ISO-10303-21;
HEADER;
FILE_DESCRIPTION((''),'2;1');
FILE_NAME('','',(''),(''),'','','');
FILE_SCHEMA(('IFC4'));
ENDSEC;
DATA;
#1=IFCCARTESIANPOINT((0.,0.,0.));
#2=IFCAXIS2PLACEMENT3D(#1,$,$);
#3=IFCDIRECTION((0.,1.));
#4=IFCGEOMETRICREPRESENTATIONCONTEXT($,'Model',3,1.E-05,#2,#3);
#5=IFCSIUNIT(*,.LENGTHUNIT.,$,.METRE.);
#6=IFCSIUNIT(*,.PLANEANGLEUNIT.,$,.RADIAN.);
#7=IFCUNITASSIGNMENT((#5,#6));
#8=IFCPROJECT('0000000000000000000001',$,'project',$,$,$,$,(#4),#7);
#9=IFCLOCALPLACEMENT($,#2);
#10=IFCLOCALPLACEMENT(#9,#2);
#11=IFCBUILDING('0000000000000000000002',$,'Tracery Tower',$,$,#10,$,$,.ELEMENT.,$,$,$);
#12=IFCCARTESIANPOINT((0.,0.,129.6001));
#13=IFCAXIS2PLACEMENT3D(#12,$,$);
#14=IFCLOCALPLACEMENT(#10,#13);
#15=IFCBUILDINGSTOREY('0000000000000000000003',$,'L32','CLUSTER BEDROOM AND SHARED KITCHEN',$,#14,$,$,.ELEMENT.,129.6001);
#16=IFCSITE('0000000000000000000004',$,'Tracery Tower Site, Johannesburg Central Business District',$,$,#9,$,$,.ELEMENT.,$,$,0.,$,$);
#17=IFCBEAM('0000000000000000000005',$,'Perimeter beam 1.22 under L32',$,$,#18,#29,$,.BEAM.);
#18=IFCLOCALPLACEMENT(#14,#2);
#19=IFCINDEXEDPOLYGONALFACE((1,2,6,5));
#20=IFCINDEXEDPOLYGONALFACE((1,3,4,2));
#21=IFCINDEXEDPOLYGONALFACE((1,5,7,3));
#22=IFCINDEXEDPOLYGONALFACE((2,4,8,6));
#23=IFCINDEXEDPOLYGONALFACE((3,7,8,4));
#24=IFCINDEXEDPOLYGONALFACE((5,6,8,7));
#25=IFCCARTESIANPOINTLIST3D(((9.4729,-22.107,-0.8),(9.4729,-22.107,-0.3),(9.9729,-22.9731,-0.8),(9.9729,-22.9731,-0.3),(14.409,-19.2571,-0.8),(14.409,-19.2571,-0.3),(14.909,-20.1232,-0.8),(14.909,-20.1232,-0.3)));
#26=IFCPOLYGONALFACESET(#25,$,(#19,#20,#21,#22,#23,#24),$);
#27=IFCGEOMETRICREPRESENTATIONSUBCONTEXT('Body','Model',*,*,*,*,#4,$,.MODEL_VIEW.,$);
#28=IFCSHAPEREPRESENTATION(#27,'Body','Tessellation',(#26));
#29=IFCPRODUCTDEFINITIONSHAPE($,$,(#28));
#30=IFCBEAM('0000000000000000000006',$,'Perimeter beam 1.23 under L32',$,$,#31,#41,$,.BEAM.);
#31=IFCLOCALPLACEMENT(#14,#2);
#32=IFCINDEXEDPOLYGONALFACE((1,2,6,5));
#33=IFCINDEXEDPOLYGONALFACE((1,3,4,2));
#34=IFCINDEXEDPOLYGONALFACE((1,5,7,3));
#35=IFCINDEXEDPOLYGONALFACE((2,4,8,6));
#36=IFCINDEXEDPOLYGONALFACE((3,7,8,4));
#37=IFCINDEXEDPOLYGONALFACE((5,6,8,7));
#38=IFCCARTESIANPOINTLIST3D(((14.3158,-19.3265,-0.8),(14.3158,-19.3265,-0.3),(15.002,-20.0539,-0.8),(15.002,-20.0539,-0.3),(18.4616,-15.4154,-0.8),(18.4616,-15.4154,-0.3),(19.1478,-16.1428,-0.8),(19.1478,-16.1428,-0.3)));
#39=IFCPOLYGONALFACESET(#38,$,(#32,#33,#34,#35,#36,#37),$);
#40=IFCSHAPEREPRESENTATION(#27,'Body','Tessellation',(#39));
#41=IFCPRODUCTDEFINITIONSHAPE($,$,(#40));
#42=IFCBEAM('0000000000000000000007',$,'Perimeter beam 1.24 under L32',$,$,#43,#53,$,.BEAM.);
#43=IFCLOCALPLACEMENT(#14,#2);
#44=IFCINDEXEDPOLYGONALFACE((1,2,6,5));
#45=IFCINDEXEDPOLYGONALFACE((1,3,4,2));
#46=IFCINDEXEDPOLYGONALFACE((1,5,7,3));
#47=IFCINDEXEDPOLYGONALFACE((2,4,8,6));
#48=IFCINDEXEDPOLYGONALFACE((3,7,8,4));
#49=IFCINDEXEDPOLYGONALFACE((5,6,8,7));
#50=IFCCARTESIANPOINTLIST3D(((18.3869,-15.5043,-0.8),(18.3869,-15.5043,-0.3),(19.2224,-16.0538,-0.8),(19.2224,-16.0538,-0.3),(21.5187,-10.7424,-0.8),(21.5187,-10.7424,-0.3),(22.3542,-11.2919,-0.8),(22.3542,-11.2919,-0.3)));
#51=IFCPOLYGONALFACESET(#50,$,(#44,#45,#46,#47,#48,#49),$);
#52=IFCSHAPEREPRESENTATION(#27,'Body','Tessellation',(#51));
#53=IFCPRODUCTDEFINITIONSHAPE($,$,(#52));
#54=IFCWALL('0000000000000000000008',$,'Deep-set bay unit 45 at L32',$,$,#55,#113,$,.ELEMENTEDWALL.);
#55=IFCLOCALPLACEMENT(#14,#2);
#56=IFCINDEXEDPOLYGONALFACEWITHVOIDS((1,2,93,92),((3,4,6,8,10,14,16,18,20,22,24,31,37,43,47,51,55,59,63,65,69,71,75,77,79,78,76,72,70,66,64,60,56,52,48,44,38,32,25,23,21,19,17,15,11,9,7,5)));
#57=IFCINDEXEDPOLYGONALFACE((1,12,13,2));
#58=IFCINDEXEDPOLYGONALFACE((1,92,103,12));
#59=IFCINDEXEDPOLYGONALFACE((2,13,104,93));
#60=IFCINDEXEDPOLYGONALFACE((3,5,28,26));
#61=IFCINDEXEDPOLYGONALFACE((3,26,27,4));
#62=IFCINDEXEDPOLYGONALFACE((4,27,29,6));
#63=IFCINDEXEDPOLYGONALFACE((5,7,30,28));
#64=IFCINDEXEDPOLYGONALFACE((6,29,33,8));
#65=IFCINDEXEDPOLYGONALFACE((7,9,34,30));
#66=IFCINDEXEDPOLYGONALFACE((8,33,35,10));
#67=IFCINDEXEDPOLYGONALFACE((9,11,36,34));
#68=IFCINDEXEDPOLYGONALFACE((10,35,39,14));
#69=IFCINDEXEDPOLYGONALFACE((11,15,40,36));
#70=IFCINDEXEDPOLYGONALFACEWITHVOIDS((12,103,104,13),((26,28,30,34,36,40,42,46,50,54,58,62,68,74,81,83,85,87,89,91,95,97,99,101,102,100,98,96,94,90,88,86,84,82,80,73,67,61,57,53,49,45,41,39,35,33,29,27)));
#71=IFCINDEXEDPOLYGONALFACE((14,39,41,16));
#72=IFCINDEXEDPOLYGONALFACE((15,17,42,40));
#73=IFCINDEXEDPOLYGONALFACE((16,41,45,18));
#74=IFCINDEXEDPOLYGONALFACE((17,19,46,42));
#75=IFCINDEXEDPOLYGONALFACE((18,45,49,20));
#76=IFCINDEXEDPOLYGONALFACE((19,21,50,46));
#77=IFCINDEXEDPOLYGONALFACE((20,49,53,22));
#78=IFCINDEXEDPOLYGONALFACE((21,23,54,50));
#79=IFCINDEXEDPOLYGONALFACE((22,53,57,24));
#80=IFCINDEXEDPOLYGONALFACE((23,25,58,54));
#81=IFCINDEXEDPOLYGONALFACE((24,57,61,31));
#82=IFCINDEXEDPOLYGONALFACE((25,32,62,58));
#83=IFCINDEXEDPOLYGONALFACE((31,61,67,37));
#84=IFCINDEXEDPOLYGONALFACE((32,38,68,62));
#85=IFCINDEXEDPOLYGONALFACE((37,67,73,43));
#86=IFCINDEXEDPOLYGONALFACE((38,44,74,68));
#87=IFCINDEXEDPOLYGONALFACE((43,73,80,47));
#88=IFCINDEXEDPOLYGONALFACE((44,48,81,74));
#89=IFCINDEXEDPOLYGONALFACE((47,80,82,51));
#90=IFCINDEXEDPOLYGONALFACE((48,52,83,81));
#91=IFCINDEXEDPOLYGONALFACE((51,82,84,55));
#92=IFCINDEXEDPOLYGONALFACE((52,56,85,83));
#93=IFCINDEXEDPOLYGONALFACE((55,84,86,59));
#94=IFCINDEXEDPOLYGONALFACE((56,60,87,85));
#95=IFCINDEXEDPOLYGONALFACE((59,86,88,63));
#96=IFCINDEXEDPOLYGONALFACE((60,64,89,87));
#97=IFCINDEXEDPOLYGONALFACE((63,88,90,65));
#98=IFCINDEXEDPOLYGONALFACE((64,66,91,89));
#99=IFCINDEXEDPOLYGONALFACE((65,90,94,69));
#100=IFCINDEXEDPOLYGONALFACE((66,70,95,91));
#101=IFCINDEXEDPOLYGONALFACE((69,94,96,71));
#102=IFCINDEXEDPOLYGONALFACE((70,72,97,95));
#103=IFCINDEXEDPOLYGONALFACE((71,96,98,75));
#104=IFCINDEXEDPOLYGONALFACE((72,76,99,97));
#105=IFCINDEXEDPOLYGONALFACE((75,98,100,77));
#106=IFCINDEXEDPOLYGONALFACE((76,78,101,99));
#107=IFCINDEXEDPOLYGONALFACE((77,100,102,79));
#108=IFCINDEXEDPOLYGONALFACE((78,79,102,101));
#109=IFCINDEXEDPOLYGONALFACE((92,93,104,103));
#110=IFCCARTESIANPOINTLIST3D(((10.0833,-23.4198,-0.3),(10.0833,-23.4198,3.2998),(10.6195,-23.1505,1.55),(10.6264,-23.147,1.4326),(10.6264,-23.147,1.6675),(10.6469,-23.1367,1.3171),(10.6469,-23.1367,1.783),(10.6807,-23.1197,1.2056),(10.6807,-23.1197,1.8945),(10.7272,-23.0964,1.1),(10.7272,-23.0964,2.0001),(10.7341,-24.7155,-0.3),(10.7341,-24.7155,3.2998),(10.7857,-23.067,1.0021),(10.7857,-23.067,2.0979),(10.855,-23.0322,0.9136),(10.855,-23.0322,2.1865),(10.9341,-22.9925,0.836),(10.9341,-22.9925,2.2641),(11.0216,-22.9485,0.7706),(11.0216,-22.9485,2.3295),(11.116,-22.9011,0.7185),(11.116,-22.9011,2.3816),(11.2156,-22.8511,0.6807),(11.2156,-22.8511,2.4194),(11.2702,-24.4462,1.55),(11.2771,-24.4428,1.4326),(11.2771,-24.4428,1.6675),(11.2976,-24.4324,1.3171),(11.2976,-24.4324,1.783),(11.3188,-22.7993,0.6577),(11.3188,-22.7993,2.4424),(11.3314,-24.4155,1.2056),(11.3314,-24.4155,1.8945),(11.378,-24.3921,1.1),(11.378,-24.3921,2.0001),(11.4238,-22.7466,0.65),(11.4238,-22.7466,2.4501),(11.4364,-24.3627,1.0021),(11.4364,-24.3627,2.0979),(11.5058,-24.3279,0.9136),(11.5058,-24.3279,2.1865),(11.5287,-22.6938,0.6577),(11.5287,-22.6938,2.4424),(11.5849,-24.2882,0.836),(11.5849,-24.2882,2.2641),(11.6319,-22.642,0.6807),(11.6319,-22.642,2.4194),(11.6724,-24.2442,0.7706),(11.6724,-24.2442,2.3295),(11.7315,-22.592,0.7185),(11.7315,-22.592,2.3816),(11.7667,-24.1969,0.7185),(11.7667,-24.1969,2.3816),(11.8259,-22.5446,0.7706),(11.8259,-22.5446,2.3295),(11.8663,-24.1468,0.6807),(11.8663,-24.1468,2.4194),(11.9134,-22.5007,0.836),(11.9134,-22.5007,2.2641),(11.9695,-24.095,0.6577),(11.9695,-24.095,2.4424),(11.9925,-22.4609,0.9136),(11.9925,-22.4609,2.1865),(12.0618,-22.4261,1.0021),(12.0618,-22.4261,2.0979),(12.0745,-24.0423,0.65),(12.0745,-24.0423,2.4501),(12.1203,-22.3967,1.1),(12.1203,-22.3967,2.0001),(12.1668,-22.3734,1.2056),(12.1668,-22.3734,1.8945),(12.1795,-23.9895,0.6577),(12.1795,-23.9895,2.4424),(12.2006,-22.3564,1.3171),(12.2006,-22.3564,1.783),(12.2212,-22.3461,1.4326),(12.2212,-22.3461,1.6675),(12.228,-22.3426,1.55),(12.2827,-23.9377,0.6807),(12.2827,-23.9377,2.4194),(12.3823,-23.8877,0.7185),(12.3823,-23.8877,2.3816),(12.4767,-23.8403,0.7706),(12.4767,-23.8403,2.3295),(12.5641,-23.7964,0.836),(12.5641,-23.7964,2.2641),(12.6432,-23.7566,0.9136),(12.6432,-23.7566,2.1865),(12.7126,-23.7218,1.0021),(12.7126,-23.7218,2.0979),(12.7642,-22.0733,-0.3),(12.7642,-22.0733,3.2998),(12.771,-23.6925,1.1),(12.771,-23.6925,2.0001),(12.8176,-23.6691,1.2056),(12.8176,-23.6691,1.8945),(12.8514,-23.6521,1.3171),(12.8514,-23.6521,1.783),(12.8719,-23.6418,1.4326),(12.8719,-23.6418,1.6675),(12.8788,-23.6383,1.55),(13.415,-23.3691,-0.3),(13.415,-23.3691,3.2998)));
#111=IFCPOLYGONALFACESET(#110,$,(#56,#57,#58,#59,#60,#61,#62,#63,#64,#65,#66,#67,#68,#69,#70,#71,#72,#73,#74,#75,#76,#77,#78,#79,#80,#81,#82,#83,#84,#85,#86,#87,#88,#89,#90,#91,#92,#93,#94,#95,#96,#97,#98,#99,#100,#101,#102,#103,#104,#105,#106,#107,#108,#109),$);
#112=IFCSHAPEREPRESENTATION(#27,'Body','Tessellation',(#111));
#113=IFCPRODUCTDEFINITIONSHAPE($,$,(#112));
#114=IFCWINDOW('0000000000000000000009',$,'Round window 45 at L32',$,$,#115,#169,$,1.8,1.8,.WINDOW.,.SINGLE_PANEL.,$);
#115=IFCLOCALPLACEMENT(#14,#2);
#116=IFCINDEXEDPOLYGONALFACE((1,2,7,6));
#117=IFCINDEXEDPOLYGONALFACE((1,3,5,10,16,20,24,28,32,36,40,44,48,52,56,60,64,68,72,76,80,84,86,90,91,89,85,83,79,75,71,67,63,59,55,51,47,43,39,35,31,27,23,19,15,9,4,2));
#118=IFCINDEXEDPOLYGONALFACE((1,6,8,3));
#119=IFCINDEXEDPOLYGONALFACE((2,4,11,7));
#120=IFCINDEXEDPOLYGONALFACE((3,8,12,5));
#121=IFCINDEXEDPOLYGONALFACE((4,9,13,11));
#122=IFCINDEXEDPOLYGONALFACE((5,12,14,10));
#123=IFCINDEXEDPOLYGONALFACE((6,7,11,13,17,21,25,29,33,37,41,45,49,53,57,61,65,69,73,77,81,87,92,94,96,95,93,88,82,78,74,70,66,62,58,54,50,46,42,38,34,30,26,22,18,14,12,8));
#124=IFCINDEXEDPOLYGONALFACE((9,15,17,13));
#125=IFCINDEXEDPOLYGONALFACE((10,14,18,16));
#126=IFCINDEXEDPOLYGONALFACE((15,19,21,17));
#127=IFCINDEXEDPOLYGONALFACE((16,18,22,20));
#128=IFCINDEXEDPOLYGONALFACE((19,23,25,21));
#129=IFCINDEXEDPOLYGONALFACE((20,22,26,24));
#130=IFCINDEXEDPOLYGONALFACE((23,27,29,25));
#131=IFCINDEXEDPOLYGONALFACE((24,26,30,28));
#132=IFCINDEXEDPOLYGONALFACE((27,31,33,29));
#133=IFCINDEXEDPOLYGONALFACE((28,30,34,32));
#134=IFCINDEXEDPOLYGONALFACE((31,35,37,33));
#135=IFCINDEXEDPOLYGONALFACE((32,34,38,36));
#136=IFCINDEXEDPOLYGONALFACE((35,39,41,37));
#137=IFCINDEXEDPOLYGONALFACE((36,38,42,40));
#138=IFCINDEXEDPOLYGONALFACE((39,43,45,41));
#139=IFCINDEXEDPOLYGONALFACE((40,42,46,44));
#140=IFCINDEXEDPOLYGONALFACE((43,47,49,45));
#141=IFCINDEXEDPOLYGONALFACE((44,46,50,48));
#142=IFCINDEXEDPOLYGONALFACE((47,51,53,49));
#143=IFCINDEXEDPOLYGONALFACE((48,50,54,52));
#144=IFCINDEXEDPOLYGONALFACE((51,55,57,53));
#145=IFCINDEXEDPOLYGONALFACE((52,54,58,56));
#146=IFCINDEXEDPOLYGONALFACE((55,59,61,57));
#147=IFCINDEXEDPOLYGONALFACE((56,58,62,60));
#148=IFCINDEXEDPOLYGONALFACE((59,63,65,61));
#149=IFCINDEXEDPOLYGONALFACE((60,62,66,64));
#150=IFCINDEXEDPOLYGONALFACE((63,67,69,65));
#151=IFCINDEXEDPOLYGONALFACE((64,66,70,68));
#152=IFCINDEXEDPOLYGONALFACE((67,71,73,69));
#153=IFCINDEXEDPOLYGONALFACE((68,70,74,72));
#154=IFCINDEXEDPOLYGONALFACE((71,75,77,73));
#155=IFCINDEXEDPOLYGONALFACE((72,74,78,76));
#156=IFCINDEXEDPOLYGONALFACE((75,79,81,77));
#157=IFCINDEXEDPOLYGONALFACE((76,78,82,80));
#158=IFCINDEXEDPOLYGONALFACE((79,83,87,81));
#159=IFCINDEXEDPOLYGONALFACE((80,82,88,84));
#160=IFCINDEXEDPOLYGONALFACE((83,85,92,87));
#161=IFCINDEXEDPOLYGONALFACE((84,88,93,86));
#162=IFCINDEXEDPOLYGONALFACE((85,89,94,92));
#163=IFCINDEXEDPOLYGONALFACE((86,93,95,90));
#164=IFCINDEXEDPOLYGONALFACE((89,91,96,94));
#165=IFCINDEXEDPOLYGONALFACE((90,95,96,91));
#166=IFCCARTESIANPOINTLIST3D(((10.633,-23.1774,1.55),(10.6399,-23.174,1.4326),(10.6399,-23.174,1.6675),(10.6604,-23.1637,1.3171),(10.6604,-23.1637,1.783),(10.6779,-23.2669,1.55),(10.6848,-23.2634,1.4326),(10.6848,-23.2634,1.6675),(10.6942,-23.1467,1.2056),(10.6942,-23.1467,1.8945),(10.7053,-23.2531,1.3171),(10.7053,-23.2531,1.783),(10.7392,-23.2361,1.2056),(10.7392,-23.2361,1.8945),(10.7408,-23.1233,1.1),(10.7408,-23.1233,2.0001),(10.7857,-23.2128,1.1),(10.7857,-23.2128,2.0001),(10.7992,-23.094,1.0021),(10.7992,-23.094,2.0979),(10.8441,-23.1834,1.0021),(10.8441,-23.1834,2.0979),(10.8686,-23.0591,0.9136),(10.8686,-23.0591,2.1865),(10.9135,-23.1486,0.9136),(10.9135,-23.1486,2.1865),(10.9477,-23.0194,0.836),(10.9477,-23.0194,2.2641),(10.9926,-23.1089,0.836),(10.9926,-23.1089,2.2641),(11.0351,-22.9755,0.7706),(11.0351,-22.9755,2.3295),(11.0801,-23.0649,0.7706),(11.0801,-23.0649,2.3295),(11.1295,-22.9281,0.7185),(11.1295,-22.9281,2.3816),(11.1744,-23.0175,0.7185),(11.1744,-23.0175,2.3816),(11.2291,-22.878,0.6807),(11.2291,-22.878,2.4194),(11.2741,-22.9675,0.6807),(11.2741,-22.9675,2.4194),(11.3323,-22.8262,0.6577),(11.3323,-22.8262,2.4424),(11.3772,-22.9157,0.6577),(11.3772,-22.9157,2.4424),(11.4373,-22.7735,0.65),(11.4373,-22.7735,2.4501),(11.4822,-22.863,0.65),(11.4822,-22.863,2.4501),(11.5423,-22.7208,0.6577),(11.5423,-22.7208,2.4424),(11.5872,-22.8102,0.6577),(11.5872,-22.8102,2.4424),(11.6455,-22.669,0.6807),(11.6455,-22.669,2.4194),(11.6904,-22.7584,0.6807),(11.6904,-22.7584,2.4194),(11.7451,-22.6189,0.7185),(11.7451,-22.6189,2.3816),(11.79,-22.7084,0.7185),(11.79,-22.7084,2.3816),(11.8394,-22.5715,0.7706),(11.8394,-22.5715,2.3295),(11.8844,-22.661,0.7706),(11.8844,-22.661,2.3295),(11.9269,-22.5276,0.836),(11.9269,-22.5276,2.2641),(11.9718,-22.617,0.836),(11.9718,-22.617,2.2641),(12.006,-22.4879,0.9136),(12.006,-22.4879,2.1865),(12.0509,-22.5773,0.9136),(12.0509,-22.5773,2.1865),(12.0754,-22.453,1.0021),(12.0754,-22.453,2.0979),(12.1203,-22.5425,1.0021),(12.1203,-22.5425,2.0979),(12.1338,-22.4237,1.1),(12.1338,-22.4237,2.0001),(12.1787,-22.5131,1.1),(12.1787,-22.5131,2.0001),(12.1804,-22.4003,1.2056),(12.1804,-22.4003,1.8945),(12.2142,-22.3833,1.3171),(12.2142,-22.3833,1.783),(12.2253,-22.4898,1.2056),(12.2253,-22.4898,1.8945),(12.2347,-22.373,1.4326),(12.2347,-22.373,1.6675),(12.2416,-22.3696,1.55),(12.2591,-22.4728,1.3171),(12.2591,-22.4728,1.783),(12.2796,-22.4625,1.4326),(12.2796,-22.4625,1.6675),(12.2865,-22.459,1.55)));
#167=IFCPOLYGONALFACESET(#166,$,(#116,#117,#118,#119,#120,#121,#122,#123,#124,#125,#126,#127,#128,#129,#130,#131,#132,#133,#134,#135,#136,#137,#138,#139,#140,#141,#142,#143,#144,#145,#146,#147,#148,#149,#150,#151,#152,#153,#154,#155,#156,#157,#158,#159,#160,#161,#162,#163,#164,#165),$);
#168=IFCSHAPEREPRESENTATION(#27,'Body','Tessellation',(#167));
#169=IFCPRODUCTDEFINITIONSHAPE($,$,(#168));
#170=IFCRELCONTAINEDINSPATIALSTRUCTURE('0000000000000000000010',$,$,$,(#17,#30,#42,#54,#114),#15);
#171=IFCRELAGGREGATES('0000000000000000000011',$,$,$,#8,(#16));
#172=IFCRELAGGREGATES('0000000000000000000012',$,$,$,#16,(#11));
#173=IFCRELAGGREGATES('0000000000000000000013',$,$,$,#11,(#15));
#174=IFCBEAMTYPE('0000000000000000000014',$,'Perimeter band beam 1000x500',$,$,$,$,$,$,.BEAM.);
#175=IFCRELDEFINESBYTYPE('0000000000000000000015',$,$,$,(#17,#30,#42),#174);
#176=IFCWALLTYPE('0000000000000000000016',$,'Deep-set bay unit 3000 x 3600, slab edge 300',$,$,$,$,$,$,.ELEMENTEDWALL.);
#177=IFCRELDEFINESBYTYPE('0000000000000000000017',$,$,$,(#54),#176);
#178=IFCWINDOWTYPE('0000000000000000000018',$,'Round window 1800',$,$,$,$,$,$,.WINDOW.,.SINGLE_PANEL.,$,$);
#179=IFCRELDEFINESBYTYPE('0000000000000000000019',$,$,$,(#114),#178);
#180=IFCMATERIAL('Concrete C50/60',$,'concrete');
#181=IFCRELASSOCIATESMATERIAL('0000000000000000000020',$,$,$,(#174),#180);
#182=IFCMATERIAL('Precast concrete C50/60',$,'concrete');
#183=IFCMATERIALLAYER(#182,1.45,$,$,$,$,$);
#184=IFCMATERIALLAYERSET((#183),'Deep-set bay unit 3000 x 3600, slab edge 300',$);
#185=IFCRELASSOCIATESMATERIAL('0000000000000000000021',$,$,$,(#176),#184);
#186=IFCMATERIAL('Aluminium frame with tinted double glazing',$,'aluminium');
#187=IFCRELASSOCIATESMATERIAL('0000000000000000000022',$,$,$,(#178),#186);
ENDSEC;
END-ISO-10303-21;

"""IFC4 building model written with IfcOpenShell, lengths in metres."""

from ifc_helpers import new_model, si_unit, direction, frame, frame_2d, origin, origin_2d, place, context, subcontext, project, spatial, rectangle, circle, extrude, material, layer, layer_set, material_profile, profile_set, type_object, element, fill, save


model = new_model("IFC4")

# Units and contexts
model_context = context("Model", 3, precision=1e-05, world=origin(), true_north=direction((0.0, 1.0)))
body_context = subcontext(model_context, "Body", "Model", "MODEL_VIEW")
ifc_project = project(units=[si_unit("LENGTHUNIT", "METRE"), si_unit("PLANEANGLEUNIT", "RADIAN")], contexts=[model_context])

# Site, building, storey
site_placement = place(None, origin())
site = spatial("IfcSite", under=ifc_project, at=site_placement, Name="Tracery Tower Site, Johannesburg Central Business District", CompositionType="ELEMENT", RefElevation=0.0)
building_placement = place(site_placement, origin())
building = spatial("IfcBuilding", under=site, at=building_placement, Name="Tracery Tower", CompositionType="ELEMENT")
storey_placement = place(building_placement, frame((0.0, 0.0, 129.6001)))
storey = spatial("IfcBuildingStorey", under=building, at=storey_placement, Name="L32", Description="CLUSTER BEDROOM AND SHARED KITCHEN", CompositionType="ELEMENT", Elevation=129.6001)

# Beams
ifc_material_1 = material(Name="Concrete C50/60", Category="concrete")
ifc_material_profile_1 = material_profile(ifc_material_1, rectangle(XDim=1.0, YDim=0.5, at=origin_2d()), Name="RC 1000x500")
ifc_profile_set_1 = profile_set([ifc_material_profile_1], Name="Concrete C50/60")
beam_type = type_object("IfcBeamType", Name="Perimeter band beam 1000x500", PredefinedType="BEAM", material=ifc_profile_set_1)
beam_placement = place(storey_placement, frame((9.7229, -22.54, -0.55), z_axis=(0.866023, 0.500004, 0.0), x_axis=(-0.500004, 0.866023, 0.0)))
element("IfcBeam", 1, at=beam_placement, inside=storey, type_object=beam_type, Name="Perimeter beam 1.22 under L32", PredefinedType="BEAM", context=body_context, shape_type="SweptSolid", body=[
    extrude(rectangle(XDim=1.0, YDim=0.5, at=origin_2d()), origin(), (0.0, 0.0, 1.0), 5.6997),
])
for number, where, z_axis, x_axis, name in (
    (2, (14.6589, -19.6902, -0.55), (0.72739, 0.686225, 0.0), (-0.686225, 0.72739, 0.0), "Perimeter beam 1.23 under L32"),
    (3, (18.8047, -15.7791, -0.55), (0.54949, 0.8355, 0.0), (-0.8355, 0.54949, 0.0), "Perimeter beam 1.24 under L32"),
):
    element("IfcBeam", number, at=place(storey_placement, frame(where, z_axis=z_axis, x_axis=x_axis)), inside=storey, type_object=beam_type, Name=name, PredefinedType="BEAM", context=body_context, shape_type="SweptSolid", body=[
        extrude(rectangle(XDim=1.0, YDim=0.5, at=origin_2d()), origin(), (0.0, 0.0, 1.0), 5.6995),
    ])

# Wall, opening, window
ifc_material_2 = material(Name="Precast concrete C50/60", Category="concrete")
ifc_layer_1 = layer(ifc_material_2, 1.45)
ifc_layer_set_1 = layer_set([ifc_layer_1], Name="Deep-set bay unit 3000 x 3600, slab edge 300")
wall_type_1 = type_object("IfcWallType", Name="Deep-set bay unit 3000 x 3600, slab edge 300", PredefinedType="ELEMENTEDWALL", material=ifc_layer_set_1)
wall_1_placement = place(storey_placement, frame((10.4087, -24.0676, -0.3), z_axis=(0.0, 0.0, 1.0), x_axis=(0.893628, 0.448808, 0.0)))
wall_1 = element("IfcWall", 4, at=wall_1_placement, inside=storey, type_object=wall_type_1, Name="Deep-set bay unit 45 at L32", PredefinedType="ELEMENTEDWALL", context=body_context, shape_type="SweptSolid", body=[
    extrude(rectangle(XDim=3.0, YDim=1.45, at=frame_2d((1.5, 0.0))), origin(), (0.0, 0.0, 1.0), 3.5999),
])
opening_1_placement = place(wall_1_placement, frame((1.5, 0.0, 1.8501)))
opening_1 = element("IfcOpeningElement", 5, at=opening_1_placement, cuts=wall_1, PredefinedType="OPENING", context=body_context, shape_type="SweptSolid", body=[
    extrude(circle(Radius=0.9, at=origin_2d()), frame((0.0, 0.7349, 0.0), z_axis=(0.0, -1.0, 0.0), x_axis=(1.0, 0.0, 0.0)), (0.0, 0.0, 1.0), 1.47),
])
ifc_material_3 = material(Name="Aluminium frame with tinted double glazing", Category="aluminium")
window_type = type_object("IfcWindowType", Name="Round window 1800", PartitioningType="SINGLE_PANEL", PredefinedType="WINDOW", material=ifc_material_3)
window_1_placement = place(opening_1_placement, origin())
window_1 = element("IfcWindow", 6, at=window_1_placement, inside=storey, type_object=window_type, Name="Round window 45 at L32", OverallHeight=1.8, OverallWidth=1.8, PartitioningType="SINGLE_PANEL", PredefinedType="WINDOW", context=body_context, shape_type="SweptSolid", body=[
    extrude(circle(Radius=0.9, at=origin_2d()), frame((0.0, 0.6948, 0.0), z_axis=(0.0, -1.0, 0.0), x_axis=(1.0, 0.0, 0.0)), (0.0, 0.0, 1.0), 0.1001),
])
fill(opening_1, window_1)

save(model, "model.ifc")
